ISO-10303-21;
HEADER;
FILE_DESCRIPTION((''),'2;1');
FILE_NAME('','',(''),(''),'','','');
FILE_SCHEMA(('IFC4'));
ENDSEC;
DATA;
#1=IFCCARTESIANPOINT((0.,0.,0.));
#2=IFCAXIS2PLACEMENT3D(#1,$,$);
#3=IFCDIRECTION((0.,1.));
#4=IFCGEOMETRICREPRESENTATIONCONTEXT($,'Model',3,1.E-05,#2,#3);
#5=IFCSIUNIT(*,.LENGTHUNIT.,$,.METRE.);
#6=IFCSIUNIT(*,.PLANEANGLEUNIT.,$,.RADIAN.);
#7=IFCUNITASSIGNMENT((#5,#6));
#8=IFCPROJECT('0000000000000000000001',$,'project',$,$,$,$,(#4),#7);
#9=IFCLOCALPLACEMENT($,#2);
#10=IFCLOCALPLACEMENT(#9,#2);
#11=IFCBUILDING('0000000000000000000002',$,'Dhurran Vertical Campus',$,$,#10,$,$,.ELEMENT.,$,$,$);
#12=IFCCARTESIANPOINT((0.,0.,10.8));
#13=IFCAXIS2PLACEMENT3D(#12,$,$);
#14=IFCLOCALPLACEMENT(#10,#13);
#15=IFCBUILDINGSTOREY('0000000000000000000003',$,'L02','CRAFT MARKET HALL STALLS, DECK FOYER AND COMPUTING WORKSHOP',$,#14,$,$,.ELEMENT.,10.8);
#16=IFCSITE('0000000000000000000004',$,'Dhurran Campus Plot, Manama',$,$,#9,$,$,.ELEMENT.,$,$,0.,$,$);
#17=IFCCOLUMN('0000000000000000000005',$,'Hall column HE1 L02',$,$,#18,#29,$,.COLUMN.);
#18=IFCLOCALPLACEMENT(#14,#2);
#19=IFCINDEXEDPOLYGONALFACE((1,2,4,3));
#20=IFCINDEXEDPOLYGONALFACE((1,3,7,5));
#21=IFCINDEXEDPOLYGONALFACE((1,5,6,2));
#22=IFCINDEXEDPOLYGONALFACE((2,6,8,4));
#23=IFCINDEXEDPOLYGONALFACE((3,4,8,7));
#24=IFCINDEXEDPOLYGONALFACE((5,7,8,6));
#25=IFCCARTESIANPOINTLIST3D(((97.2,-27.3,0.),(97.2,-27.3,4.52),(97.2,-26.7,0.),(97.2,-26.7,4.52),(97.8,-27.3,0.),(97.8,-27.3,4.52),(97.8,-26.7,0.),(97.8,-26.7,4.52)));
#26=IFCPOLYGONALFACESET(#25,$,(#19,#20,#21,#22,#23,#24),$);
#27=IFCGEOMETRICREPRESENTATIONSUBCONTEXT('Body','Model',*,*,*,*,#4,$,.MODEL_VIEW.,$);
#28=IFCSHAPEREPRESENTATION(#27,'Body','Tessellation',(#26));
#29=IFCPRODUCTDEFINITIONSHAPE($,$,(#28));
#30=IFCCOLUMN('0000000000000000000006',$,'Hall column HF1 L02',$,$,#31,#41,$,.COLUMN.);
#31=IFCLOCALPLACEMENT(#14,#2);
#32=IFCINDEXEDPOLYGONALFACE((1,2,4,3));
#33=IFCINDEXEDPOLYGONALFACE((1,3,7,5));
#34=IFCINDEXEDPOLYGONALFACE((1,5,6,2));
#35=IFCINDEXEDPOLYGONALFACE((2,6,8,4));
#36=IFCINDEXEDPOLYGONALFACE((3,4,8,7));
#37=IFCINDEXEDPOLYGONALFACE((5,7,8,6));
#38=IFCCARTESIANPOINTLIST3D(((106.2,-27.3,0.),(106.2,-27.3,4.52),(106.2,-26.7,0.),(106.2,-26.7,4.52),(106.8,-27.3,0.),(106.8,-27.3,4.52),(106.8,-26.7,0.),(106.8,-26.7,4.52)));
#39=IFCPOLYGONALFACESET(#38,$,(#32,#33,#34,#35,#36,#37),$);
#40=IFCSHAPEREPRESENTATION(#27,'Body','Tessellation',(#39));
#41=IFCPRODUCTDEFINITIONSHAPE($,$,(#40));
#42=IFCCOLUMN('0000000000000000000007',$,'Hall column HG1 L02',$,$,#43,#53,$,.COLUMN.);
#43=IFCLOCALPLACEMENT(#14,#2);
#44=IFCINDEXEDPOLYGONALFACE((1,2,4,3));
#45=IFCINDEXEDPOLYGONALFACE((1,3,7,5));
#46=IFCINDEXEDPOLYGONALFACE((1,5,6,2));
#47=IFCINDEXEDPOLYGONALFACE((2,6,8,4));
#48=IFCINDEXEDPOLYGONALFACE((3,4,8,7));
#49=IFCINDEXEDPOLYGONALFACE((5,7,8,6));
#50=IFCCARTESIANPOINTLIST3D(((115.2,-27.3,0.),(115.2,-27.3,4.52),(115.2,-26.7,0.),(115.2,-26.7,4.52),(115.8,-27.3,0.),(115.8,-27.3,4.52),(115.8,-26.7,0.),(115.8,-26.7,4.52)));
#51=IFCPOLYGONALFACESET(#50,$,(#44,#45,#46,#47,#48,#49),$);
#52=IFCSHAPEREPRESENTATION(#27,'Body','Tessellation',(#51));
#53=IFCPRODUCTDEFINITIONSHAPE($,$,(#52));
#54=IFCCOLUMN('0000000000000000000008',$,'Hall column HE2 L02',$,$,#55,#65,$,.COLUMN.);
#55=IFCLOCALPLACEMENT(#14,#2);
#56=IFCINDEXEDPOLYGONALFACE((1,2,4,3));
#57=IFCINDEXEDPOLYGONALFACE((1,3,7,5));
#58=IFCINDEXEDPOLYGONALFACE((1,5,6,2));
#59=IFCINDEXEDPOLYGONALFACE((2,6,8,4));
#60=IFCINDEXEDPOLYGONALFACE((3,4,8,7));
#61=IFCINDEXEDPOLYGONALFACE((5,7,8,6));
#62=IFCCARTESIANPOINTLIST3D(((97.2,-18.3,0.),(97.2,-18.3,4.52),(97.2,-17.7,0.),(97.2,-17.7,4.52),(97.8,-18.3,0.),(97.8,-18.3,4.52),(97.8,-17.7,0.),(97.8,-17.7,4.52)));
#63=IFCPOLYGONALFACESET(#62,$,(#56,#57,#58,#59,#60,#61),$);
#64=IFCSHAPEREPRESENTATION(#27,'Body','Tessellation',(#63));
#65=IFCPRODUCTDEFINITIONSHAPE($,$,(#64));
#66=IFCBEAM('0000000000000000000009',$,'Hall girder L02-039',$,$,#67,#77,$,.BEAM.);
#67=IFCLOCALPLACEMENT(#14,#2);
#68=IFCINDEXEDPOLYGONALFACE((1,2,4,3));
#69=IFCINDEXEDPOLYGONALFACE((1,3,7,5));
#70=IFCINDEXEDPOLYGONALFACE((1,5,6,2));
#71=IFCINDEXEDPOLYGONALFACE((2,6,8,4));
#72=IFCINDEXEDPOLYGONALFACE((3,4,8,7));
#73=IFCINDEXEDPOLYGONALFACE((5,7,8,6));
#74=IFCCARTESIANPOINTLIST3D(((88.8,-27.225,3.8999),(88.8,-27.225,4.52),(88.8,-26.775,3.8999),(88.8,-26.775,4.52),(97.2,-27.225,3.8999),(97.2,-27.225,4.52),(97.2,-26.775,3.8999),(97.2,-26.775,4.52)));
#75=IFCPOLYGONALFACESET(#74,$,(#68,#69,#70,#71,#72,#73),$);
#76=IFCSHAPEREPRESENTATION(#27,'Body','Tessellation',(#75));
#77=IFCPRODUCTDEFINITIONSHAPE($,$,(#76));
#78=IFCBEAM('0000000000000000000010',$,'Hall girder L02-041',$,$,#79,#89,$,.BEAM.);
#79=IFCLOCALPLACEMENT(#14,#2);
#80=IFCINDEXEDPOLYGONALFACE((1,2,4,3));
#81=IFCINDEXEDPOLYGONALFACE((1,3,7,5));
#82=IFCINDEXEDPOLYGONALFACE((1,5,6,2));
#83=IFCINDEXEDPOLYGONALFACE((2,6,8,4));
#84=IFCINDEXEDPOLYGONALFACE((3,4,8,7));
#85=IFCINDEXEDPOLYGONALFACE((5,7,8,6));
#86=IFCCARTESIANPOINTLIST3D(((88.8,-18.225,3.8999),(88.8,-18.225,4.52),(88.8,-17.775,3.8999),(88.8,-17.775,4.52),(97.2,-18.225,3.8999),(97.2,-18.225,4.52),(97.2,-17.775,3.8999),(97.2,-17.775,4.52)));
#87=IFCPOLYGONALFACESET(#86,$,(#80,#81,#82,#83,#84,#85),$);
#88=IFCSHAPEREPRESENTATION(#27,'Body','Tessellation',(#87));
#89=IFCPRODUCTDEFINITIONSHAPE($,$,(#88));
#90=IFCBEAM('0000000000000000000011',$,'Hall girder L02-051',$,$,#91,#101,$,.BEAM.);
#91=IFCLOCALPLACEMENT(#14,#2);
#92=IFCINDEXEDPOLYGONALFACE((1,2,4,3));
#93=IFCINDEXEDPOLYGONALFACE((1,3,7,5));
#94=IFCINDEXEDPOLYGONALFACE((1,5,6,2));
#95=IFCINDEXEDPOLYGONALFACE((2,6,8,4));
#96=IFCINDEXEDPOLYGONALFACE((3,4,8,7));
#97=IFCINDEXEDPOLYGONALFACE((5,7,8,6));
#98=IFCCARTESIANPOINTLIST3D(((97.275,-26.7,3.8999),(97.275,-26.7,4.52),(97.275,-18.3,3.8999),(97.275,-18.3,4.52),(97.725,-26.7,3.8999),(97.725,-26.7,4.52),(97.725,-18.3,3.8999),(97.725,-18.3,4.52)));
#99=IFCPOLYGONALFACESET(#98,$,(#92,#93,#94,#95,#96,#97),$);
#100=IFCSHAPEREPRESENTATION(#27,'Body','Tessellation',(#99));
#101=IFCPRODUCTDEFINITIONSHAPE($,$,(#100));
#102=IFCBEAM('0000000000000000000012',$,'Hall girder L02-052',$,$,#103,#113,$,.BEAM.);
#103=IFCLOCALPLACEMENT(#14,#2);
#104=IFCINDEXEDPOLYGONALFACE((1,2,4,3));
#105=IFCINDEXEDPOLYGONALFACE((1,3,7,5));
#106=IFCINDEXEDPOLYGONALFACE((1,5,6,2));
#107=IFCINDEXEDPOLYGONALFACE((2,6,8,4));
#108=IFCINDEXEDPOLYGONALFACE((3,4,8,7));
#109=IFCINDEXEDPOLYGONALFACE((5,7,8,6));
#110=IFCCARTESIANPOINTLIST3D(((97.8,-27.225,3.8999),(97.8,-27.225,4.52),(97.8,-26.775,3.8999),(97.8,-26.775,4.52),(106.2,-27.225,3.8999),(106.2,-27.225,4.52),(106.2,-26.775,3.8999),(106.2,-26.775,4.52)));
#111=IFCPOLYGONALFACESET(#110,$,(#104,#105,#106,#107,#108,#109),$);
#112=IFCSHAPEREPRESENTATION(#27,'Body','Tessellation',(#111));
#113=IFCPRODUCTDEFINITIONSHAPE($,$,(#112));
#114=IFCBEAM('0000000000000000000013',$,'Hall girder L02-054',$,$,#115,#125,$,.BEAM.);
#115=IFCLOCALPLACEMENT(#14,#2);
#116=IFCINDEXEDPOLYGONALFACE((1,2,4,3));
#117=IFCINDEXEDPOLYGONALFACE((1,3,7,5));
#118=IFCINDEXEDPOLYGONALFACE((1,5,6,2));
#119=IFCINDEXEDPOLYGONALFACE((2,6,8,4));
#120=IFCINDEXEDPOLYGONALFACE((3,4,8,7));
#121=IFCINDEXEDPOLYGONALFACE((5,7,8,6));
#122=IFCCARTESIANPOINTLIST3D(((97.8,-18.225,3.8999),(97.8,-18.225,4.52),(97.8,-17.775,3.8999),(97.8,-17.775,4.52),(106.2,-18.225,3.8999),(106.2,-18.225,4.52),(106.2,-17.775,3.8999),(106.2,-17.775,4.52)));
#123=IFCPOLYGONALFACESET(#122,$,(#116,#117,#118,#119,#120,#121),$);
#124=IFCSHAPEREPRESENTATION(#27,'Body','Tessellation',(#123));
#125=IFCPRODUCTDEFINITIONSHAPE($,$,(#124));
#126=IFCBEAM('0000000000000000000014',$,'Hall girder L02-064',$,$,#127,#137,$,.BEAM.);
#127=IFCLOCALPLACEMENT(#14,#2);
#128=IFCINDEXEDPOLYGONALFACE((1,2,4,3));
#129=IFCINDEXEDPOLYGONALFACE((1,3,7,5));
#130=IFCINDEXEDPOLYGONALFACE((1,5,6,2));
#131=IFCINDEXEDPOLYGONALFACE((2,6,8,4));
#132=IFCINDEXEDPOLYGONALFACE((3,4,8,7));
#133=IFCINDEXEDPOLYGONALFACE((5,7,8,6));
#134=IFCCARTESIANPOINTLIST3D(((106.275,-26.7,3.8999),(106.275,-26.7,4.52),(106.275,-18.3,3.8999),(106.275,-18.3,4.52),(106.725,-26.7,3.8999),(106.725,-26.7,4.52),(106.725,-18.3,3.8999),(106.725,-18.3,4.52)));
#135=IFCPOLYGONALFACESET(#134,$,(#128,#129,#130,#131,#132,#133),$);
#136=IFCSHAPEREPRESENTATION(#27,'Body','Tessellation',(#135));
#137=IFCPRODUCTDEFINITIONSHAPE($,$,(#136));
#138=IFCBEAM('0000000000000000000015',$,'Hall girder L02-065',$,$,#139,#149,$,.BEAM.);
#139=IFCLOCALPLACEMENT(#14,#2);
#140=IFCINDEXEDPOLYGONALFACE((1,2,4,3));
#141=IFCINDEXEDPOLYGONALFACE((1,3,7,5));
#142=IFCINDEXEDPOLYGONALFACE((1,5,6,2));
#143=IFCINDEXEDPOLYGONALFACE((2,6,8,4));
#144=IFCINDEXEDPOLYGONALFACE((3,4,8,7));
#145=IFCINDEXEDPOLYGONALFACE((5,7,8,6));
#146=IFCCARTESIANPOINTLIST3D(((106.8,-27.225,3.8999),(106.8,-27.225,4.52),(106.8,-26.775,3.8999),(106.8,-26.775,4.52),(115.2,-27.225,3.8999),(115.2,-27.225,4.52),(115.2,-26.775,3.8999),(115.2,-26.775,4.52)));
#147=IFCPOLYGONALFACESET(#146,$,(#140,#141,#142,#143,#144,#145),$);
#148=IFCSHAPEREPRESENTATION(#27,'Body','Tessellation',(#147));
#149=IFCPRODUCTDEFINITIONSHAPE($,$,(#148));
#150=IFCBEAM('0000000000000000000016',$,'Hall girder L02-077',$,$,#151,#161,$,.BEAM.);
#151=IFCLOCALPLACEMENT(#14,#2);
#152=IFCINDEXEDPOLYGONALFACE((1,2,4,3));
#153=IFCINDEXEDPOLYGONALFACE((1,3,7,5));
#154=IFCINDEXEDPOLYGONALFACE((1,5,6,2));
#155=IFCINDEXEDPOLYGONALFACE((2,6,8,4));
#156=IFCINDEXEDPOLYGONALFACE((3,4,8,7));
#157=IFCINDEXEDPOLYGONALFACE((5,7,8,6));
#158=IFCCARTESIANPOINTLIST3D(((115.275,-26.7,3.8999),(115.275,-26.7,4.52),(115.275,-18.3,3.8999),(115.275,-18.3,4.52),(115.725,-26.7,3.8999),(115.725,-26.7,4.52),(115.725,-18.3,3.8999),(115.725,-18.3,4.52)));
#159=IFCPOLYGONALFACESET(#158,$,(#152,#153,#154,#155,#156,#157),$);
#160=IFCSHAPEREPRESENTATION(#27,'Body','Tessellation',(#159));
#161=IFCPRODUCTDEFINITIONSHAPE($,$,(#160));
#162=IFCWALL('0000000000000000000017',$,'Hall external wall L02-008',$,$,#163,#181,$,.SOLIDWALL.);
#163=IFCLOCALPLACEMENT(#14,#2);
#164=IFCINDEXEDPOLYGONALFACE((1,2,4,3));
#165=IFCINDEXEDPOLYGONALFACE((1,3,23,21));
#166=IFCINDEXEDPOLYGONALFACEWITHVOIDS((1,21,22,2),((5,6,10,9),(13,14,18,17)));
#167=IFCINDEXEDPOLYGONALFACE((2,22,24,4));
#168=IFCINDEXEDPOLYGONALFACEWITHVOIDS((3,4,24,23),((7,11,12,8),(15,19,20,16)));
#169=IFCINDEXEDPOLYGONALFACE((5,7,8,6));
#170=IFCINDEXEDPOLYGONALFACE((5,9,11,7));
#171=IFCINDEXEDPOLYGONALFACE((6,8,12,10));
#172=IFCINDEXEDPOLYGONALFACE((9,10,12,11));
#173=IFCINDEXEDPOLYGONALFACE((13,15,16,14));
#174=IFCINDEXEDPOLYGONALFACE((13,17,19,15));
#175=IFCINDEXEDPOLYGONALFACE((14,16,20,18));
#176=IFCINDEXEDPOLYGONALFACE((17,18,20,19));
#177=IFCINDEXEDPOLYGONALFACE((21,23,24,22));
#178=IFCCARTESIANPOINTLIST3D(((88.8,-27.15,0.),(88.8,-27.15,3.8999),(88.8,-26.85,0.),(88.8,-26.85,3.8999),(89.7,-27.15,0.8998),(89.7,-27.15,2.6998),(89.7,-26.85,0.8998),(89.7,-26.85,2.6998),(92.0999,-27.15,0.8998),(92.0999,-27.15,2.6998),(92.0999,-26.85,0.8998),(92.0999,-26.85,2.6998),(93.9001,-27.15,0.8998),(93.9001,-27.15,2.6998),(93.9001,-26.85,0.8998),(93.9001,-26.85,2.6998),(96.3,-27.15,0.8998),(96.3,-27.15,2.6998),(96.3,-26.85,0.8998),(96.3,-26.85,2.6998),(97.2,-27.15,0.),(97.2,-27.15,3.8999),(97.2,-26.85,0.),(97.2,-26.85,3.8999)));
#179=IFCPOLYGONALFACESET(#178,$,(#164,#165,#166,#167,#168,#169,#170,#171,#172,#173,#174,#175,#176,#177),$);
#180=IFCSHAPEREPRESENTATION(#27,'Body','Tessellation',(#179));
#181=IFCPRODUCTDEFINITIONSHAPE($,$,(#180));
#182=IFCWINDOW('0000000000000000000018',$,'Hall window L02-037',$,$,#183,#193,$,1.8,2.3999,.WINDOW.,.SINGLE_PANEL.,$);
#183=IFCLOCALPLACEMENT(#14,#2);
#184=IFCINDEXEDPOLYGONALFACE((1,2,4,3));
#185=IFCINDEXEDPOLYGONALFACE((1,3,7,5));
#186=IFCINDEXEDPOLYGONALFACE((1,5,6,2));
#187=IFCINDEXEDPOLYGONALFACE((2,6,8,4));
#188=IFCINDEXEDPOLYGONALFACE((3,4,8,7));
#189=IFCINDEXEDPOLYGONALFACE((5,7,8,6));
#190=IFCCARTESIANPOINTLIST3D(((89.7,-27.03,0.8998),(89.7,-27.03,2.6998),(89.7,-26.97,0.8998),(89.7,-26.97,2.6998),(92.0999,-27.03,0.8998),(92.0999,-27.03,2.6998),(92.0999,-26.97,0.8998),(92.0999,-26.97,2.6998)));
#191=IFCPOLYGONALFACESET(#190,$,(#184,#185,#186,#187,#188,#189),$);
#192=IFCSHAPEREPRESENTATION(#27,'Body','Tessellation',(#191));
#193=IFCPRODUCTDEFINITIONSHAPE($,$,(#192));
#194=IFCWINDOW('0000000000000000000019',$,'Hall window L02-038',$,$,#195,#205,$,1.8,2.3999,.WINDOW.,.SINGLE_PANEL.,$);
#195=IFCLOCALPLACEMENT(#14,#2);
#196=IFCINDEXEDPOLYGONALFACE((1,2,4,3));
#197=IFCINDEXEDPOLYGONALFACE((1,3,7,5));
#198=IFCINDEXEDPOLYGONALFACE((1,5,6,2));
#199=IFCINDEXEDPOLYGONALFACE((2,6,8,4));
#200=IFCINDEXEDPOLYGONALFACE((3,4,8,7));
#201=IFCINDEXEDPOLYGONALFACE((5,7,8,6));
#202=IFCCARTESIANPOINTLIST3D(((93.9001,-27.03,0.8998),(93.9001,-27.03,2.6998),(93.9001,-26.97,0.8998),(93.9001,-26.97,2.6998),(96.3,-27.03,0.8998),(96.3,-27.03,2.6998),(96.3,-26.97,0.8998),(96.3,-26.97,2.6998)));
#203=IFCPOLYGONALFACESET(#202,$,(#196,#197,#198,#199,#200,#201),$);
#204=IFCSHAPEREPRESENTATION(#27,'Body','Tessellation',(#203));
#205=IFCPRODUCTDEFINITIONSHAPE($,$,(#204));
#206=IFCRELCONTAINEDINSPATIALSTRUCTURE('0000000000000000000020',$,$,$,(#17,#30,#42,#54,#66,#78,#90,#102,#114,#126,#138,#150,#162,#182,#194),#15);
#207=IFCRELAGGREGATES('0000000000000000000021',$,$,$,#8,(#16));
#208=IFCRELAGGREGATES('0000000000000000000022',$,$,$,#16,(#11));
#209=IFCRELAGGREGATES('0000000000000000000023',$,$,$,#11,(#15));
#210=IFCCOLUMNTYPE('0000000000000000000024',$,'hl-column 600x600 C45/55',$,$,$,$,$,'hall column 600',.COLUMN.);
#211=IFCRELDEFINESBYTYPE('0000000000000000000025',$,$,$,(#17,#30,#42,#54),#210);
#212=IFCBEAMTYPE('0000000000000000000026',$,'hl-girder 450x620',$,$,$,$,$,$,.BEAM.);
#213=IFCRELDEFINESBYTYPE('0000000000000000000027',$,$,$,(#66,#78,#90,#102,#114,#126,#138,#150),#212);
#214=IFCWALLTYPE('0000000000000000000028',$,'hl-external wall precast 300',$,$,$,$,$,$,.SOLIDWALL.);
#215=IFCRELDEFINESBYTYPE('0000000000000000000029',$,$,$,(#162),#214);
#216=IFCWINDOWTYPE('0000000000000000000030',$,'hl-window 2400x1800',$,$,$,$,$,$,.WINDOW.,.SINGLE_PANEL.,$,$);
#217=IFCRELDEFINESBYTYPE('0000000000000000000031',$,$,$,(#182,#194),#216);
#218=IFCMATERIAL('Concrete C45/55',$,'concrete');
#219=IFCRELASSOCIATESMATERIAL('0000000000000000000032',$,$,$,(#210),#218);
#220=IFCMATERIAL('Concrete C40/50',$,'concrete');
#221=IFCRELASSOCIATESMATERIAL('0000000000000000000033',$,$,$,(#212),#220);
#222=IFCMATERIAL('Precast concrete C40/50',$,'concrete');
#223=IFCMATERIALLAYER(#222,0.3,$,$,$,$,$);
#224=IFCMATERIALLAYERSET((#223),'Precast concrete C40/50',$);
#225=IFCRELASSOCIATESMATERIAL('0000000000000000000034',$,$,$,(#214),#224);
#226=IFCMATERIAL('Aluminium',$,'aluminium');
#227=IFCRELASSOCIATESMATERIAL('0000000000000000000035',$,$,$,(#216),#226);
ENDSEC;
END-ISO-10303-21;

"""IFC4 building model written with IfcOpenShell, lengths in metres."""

from ifc_helpers import new_model, si_unit, direction, frame, frame_2d, origin, origin_2d, place, context, subcontext, project, spatial, rectangle, extrude, material, layer, layer_set, material_profile, profile_set, type_object, element, fill, save


model = new_model("IFC4")

# Units and contexts
model_context = context("Model", 3, precision=1e-05, world=origin(), true_north=direction((0.0, 1.0)))
body_context = subcontext(model_context, "Body", "Model", "MODEL_VIEW")
ifc_project = project(units=[si_unit("LENGTHUNIT", "METRE"), si_unit("PLANEANGLEUNIT", "RADIAN")], contexts=[model_context])

# Site, building, storey
site_placement = place(None, origin())
site = spatial("IfcSite", under=ifc_project, at=site_placement, Name="Dhurran Campus Plot, Manama", CompositionType="ELEMENT", RefElevation=0.0)
building_placement = place(site_placement, origin())
building = spatial("IfcBuilding", under=site, at=building_placement, Name="Dhurran Vertical Campus", CompositionType="ELEMENT")
storey_placement = place(building_placement, frame((0.0, 0.0, 10.8)))
storey = spatial("IfcBuildingStorey", under=building, at=storey_placement, Name="L02", Description="CRAFT MARKET HALL STALLS, DECK FOYER AND COMPUTING WORKSHOP", CompositionType="ELEMENT", Elevation=10.8)

# Columns
ifc_material_1 = material(Name="Concrete C45/55", Category="concrete")
ifc_material_profile_1 = material_profile(ifc_material_1, rectangle(XDim=0.6001, YDim=0.6001, at=origin_2d()), Name="hl-column 600x600 C45/55")
ifc_profile_set_1 = profile_set([ifc_material_profile_1], Name="Concrete C45/55")
column_type = type_object("IfcColumnType", Name="hl-column 600x600 C45/55", ElementType="hall column 600", PredefinedType="COLUMN", material=ifc_profile_set_1)
for number, where, z_axis, x_axis, name in (
    (1, (97.5, -27.0, 0.0), (0.0, 0.0, 1.0), (1.0, 0.0, 0.0), "Hall column HE1 L02"),
    (2, (106.5, -27.0, 0.0), (0.0, 0.0, 1.0), (1.0, 0.0, 0.0), "Hall column HF1 L02"),
    (3, (115.5, -27.0, 0.0), (0.0, 0.0, 1.0), (1.0, 0.0, 0.0), "Hall column HG1 L02"),
    (4, (97.5, -18.0, 0.0), (0.0, 0.0, 1.0), (1.0, 0.0, 0.0), "Hall column HE2 L02"),
):
    element("IfcColumn", number, at=place(storey_placement, frame(where, z_axis=z_axis, x_axis=x_axis)), inside=storey, type_object=column_type, Name=name, PredefinedType="COLUMN", context=body_context, shape_type="SweptSolid", body=[
        extrude(rectangle(XDim=0.6001, YDim=0.6001, at=origin_2d()), origin(), (0.0, 0.0, 1.0), 4.52),
    ])

# Beams
ifc_material_2 = material(Name="Concrete C40/50", Category="concrete")
ifc_material_profile_2 = material_profile(ifc_material_2, rectangle(XDim=0.45, YDim=0.6201, at=origin_2d()), Name="hl-girder 450x620")
ifc_profile_set_2 = profile_set([ifc_material_profile_2], Name="Concrete C40/50")
beam_type = type_object("IfcBeamType", Name="hl-girder 450x620", PredefinedType="BEAM", material=ifc_profile_set_2)
for number, where, z_axis, x_axis, name in (
    (5, (88.8, -27.0, 4.21), (1.0, 0.0, 0.0), (0.0, 1.0, 0.0), "Hall girder L02-039"),
    (6, (88.8, -18.0, 4.21), (1.0, 0.0, 0.0), (0.0, 1.0, 0.0), "Hall girder L02-041"),
    (7, (97.5, -26.7, 4.21), (0.0, 1.0, 0.0), (-1.0, 0.0, 0.0), "Hall girder L02-051"),
    (8, (97.8, -27.0, 4.21), (1.0, 0.0, 0.0), (0.0, 1.0, 0.0), "Hall girder L02-052"),
    (9, (97.8, -18.0, 4.21), (1.0, 0.0, 0.0), (0.0, 1.0, 0.0), "Hall girder L02-054"),
    (10, (106.5, -26.7, 4.21), (0.0, 1.0, 0.0), (-1.0, 0.0, 0.0), "Hall girder L02-064"),
    (11, (106.8, -27.0, 4.21), (1.0, 0.0, 0.0), (0.0, 1.0, 0.0), "Hall girder L02-065"),
    (12, (115.5, -26.7, 4.21), (0.0, 1.0, 0.0), (-1.0, 0.0, 0.0), "Hall girder L02-077"),
):
    element("IfcBeam", number, at=place(storey_placement, frame(where, z_axis=z_axis, x_axis=x_axis)), inside=storey, type_object=beam_type, Name=name, PredefinedType="BEAM", context=body_context, shape_type="SweptSolid", body=[
        extrude(rectangle(XDim=0.45, YDim=0.6201, at=origin_2d()), origin(), (0.0, 0.0, 1.0), 8.3999),
    ])

# Wall, openings, windows
ifc_material_3 = material(Name="Precast concrete C40/50", Category="concrete")
ifc_layer_1 = layer(ifc_material_3, 0.3)
ifc_layer_set_1 = layer_set([ifc_layer_1], Name="Precast concrete C40/50")
wall_type_1 = type_object("IfcWallType", Name="hl-external wall precast 300", PredefinedType="SOLIDWALL", material=ifc_layer_set_1)
wall_1_placement = place(storey_placement, frame((88.8, -27.0, 0.0), z_axis=(0.0, 0.0, 1.0), x_axis=(1.0, 0.0, 0.0)))
wall_1 = element("IfcWall", 13, at=wall_1_placement, inside=storey, type_object=wall_type_1, Name="Hall external wall L02-008", PredefinedType="SOLIDWALL", context=body_context, shape_type="SweptSolid", body=[
    extrude(rectangle(XDim=8.3999, YDim=0.3, at=frame_2d((4.2, 0.0))), origin(), (0.0, 0.0, 1.0), 3.8999),
])
opening_1_placement = place(wall_1_placement, frame((0.8999, 0.0, 0.8999)))
opening_1 = element("IfcOpeningElement", 14, at=opening_1_placement, cuts=wall_1, PredefinedType="OPENING", context=body_context, shape_type="SweptSolid", body=[
    extrude(rectangle(XDim=2.3999, YDim=1.8, at=frame_2d((1.2, 0.8999))), frame((0.0, 0.1599, 0.0), z_axis=(0.0, -1.0, 0.0), x_axis=(1.0, 0.0, 0.0)), (0.0, 0.0, 1.0), 0.3201),
])
opening_2_placement = place(wall_1_placement, frame((5.1001, 0.0, 0.8999)))
opening_2 = element("IfcOpeningElement", 15, at=opening_2_placement, cuts=wall_1, PredefinedType="OPENING", context=body_context, shape_type="SweptSolid", body=[
    extrude(rectangle(XDim=2.3999, YDim=1.8, at=frame_2d((1.2, 0.8999))), frame((0.0, 0.1599, 0.0), z_axis=(0.0, -1.0, 0.0), x_axis=(1.0, 0.0, 0.0)), (0.0, 0.0, 1.0), 0.3201),
])
ifc_material_4 = material(Name="Aluminium", Category="aluminium")
window_type = type_object("IfcWindowType", Name="hl-window 2400x1800", PartitioningType="SINGLE_PANEL", PredefinedType="WINDOW", material=ifc_material_4)
window_1_placement = place(opening_1_placement, origin())
window_1 = element("IfcWindow", 16, at=window_1_placement, inside=storey, type_object=window_type, Name="Hall window L02-037", OverallHeight=1.8, OverallWidth=2.3999, PartitioningType="SINGLE_PANEL", PredefinedType="WINDOW", context=body_context, shape_type="SweptSolid", body=[
    extrude(rectangle(XDim=2.3999, YDim=1.8, at=frame_2d((1.2, 0.8999))), frame((0.0, 0.03, 0.0), z_axis=(0.0, -1.0, 0.0), x_axis=(1.0, 0.0, 0.0)), (0.0, 0.0, 1.0), 0.0601),
])
fill(opening_1, window_1)
window_2_placement = place(opening_2_placement, origin())
window_2 = element("IfcWindow", 17, at=window_2_placement, inside=storey, type_object=window_type, Name="Hall window L02-038", OverallHeight=1.8, OverallWidth=2.3999, PartitioningType="SINGLE_PANEL", PredefinedType="WINDOW", context=body_context, shape_type="SweptSolid", body=[
    extrude(rectangle(XDim=2.3999, YDim=1.8, at=frame_2d((1.2, 0.8999))), frame((0.0, 0.03, 0.0), z_axis=(0.0, -1.0, 0.0), x_axis=(1.0, 0.0, 0.0)), (0.0, 0.0, 1.0), 0.0601),
])
fill(opening_2, window_2)

save(model, "model.ifc")
